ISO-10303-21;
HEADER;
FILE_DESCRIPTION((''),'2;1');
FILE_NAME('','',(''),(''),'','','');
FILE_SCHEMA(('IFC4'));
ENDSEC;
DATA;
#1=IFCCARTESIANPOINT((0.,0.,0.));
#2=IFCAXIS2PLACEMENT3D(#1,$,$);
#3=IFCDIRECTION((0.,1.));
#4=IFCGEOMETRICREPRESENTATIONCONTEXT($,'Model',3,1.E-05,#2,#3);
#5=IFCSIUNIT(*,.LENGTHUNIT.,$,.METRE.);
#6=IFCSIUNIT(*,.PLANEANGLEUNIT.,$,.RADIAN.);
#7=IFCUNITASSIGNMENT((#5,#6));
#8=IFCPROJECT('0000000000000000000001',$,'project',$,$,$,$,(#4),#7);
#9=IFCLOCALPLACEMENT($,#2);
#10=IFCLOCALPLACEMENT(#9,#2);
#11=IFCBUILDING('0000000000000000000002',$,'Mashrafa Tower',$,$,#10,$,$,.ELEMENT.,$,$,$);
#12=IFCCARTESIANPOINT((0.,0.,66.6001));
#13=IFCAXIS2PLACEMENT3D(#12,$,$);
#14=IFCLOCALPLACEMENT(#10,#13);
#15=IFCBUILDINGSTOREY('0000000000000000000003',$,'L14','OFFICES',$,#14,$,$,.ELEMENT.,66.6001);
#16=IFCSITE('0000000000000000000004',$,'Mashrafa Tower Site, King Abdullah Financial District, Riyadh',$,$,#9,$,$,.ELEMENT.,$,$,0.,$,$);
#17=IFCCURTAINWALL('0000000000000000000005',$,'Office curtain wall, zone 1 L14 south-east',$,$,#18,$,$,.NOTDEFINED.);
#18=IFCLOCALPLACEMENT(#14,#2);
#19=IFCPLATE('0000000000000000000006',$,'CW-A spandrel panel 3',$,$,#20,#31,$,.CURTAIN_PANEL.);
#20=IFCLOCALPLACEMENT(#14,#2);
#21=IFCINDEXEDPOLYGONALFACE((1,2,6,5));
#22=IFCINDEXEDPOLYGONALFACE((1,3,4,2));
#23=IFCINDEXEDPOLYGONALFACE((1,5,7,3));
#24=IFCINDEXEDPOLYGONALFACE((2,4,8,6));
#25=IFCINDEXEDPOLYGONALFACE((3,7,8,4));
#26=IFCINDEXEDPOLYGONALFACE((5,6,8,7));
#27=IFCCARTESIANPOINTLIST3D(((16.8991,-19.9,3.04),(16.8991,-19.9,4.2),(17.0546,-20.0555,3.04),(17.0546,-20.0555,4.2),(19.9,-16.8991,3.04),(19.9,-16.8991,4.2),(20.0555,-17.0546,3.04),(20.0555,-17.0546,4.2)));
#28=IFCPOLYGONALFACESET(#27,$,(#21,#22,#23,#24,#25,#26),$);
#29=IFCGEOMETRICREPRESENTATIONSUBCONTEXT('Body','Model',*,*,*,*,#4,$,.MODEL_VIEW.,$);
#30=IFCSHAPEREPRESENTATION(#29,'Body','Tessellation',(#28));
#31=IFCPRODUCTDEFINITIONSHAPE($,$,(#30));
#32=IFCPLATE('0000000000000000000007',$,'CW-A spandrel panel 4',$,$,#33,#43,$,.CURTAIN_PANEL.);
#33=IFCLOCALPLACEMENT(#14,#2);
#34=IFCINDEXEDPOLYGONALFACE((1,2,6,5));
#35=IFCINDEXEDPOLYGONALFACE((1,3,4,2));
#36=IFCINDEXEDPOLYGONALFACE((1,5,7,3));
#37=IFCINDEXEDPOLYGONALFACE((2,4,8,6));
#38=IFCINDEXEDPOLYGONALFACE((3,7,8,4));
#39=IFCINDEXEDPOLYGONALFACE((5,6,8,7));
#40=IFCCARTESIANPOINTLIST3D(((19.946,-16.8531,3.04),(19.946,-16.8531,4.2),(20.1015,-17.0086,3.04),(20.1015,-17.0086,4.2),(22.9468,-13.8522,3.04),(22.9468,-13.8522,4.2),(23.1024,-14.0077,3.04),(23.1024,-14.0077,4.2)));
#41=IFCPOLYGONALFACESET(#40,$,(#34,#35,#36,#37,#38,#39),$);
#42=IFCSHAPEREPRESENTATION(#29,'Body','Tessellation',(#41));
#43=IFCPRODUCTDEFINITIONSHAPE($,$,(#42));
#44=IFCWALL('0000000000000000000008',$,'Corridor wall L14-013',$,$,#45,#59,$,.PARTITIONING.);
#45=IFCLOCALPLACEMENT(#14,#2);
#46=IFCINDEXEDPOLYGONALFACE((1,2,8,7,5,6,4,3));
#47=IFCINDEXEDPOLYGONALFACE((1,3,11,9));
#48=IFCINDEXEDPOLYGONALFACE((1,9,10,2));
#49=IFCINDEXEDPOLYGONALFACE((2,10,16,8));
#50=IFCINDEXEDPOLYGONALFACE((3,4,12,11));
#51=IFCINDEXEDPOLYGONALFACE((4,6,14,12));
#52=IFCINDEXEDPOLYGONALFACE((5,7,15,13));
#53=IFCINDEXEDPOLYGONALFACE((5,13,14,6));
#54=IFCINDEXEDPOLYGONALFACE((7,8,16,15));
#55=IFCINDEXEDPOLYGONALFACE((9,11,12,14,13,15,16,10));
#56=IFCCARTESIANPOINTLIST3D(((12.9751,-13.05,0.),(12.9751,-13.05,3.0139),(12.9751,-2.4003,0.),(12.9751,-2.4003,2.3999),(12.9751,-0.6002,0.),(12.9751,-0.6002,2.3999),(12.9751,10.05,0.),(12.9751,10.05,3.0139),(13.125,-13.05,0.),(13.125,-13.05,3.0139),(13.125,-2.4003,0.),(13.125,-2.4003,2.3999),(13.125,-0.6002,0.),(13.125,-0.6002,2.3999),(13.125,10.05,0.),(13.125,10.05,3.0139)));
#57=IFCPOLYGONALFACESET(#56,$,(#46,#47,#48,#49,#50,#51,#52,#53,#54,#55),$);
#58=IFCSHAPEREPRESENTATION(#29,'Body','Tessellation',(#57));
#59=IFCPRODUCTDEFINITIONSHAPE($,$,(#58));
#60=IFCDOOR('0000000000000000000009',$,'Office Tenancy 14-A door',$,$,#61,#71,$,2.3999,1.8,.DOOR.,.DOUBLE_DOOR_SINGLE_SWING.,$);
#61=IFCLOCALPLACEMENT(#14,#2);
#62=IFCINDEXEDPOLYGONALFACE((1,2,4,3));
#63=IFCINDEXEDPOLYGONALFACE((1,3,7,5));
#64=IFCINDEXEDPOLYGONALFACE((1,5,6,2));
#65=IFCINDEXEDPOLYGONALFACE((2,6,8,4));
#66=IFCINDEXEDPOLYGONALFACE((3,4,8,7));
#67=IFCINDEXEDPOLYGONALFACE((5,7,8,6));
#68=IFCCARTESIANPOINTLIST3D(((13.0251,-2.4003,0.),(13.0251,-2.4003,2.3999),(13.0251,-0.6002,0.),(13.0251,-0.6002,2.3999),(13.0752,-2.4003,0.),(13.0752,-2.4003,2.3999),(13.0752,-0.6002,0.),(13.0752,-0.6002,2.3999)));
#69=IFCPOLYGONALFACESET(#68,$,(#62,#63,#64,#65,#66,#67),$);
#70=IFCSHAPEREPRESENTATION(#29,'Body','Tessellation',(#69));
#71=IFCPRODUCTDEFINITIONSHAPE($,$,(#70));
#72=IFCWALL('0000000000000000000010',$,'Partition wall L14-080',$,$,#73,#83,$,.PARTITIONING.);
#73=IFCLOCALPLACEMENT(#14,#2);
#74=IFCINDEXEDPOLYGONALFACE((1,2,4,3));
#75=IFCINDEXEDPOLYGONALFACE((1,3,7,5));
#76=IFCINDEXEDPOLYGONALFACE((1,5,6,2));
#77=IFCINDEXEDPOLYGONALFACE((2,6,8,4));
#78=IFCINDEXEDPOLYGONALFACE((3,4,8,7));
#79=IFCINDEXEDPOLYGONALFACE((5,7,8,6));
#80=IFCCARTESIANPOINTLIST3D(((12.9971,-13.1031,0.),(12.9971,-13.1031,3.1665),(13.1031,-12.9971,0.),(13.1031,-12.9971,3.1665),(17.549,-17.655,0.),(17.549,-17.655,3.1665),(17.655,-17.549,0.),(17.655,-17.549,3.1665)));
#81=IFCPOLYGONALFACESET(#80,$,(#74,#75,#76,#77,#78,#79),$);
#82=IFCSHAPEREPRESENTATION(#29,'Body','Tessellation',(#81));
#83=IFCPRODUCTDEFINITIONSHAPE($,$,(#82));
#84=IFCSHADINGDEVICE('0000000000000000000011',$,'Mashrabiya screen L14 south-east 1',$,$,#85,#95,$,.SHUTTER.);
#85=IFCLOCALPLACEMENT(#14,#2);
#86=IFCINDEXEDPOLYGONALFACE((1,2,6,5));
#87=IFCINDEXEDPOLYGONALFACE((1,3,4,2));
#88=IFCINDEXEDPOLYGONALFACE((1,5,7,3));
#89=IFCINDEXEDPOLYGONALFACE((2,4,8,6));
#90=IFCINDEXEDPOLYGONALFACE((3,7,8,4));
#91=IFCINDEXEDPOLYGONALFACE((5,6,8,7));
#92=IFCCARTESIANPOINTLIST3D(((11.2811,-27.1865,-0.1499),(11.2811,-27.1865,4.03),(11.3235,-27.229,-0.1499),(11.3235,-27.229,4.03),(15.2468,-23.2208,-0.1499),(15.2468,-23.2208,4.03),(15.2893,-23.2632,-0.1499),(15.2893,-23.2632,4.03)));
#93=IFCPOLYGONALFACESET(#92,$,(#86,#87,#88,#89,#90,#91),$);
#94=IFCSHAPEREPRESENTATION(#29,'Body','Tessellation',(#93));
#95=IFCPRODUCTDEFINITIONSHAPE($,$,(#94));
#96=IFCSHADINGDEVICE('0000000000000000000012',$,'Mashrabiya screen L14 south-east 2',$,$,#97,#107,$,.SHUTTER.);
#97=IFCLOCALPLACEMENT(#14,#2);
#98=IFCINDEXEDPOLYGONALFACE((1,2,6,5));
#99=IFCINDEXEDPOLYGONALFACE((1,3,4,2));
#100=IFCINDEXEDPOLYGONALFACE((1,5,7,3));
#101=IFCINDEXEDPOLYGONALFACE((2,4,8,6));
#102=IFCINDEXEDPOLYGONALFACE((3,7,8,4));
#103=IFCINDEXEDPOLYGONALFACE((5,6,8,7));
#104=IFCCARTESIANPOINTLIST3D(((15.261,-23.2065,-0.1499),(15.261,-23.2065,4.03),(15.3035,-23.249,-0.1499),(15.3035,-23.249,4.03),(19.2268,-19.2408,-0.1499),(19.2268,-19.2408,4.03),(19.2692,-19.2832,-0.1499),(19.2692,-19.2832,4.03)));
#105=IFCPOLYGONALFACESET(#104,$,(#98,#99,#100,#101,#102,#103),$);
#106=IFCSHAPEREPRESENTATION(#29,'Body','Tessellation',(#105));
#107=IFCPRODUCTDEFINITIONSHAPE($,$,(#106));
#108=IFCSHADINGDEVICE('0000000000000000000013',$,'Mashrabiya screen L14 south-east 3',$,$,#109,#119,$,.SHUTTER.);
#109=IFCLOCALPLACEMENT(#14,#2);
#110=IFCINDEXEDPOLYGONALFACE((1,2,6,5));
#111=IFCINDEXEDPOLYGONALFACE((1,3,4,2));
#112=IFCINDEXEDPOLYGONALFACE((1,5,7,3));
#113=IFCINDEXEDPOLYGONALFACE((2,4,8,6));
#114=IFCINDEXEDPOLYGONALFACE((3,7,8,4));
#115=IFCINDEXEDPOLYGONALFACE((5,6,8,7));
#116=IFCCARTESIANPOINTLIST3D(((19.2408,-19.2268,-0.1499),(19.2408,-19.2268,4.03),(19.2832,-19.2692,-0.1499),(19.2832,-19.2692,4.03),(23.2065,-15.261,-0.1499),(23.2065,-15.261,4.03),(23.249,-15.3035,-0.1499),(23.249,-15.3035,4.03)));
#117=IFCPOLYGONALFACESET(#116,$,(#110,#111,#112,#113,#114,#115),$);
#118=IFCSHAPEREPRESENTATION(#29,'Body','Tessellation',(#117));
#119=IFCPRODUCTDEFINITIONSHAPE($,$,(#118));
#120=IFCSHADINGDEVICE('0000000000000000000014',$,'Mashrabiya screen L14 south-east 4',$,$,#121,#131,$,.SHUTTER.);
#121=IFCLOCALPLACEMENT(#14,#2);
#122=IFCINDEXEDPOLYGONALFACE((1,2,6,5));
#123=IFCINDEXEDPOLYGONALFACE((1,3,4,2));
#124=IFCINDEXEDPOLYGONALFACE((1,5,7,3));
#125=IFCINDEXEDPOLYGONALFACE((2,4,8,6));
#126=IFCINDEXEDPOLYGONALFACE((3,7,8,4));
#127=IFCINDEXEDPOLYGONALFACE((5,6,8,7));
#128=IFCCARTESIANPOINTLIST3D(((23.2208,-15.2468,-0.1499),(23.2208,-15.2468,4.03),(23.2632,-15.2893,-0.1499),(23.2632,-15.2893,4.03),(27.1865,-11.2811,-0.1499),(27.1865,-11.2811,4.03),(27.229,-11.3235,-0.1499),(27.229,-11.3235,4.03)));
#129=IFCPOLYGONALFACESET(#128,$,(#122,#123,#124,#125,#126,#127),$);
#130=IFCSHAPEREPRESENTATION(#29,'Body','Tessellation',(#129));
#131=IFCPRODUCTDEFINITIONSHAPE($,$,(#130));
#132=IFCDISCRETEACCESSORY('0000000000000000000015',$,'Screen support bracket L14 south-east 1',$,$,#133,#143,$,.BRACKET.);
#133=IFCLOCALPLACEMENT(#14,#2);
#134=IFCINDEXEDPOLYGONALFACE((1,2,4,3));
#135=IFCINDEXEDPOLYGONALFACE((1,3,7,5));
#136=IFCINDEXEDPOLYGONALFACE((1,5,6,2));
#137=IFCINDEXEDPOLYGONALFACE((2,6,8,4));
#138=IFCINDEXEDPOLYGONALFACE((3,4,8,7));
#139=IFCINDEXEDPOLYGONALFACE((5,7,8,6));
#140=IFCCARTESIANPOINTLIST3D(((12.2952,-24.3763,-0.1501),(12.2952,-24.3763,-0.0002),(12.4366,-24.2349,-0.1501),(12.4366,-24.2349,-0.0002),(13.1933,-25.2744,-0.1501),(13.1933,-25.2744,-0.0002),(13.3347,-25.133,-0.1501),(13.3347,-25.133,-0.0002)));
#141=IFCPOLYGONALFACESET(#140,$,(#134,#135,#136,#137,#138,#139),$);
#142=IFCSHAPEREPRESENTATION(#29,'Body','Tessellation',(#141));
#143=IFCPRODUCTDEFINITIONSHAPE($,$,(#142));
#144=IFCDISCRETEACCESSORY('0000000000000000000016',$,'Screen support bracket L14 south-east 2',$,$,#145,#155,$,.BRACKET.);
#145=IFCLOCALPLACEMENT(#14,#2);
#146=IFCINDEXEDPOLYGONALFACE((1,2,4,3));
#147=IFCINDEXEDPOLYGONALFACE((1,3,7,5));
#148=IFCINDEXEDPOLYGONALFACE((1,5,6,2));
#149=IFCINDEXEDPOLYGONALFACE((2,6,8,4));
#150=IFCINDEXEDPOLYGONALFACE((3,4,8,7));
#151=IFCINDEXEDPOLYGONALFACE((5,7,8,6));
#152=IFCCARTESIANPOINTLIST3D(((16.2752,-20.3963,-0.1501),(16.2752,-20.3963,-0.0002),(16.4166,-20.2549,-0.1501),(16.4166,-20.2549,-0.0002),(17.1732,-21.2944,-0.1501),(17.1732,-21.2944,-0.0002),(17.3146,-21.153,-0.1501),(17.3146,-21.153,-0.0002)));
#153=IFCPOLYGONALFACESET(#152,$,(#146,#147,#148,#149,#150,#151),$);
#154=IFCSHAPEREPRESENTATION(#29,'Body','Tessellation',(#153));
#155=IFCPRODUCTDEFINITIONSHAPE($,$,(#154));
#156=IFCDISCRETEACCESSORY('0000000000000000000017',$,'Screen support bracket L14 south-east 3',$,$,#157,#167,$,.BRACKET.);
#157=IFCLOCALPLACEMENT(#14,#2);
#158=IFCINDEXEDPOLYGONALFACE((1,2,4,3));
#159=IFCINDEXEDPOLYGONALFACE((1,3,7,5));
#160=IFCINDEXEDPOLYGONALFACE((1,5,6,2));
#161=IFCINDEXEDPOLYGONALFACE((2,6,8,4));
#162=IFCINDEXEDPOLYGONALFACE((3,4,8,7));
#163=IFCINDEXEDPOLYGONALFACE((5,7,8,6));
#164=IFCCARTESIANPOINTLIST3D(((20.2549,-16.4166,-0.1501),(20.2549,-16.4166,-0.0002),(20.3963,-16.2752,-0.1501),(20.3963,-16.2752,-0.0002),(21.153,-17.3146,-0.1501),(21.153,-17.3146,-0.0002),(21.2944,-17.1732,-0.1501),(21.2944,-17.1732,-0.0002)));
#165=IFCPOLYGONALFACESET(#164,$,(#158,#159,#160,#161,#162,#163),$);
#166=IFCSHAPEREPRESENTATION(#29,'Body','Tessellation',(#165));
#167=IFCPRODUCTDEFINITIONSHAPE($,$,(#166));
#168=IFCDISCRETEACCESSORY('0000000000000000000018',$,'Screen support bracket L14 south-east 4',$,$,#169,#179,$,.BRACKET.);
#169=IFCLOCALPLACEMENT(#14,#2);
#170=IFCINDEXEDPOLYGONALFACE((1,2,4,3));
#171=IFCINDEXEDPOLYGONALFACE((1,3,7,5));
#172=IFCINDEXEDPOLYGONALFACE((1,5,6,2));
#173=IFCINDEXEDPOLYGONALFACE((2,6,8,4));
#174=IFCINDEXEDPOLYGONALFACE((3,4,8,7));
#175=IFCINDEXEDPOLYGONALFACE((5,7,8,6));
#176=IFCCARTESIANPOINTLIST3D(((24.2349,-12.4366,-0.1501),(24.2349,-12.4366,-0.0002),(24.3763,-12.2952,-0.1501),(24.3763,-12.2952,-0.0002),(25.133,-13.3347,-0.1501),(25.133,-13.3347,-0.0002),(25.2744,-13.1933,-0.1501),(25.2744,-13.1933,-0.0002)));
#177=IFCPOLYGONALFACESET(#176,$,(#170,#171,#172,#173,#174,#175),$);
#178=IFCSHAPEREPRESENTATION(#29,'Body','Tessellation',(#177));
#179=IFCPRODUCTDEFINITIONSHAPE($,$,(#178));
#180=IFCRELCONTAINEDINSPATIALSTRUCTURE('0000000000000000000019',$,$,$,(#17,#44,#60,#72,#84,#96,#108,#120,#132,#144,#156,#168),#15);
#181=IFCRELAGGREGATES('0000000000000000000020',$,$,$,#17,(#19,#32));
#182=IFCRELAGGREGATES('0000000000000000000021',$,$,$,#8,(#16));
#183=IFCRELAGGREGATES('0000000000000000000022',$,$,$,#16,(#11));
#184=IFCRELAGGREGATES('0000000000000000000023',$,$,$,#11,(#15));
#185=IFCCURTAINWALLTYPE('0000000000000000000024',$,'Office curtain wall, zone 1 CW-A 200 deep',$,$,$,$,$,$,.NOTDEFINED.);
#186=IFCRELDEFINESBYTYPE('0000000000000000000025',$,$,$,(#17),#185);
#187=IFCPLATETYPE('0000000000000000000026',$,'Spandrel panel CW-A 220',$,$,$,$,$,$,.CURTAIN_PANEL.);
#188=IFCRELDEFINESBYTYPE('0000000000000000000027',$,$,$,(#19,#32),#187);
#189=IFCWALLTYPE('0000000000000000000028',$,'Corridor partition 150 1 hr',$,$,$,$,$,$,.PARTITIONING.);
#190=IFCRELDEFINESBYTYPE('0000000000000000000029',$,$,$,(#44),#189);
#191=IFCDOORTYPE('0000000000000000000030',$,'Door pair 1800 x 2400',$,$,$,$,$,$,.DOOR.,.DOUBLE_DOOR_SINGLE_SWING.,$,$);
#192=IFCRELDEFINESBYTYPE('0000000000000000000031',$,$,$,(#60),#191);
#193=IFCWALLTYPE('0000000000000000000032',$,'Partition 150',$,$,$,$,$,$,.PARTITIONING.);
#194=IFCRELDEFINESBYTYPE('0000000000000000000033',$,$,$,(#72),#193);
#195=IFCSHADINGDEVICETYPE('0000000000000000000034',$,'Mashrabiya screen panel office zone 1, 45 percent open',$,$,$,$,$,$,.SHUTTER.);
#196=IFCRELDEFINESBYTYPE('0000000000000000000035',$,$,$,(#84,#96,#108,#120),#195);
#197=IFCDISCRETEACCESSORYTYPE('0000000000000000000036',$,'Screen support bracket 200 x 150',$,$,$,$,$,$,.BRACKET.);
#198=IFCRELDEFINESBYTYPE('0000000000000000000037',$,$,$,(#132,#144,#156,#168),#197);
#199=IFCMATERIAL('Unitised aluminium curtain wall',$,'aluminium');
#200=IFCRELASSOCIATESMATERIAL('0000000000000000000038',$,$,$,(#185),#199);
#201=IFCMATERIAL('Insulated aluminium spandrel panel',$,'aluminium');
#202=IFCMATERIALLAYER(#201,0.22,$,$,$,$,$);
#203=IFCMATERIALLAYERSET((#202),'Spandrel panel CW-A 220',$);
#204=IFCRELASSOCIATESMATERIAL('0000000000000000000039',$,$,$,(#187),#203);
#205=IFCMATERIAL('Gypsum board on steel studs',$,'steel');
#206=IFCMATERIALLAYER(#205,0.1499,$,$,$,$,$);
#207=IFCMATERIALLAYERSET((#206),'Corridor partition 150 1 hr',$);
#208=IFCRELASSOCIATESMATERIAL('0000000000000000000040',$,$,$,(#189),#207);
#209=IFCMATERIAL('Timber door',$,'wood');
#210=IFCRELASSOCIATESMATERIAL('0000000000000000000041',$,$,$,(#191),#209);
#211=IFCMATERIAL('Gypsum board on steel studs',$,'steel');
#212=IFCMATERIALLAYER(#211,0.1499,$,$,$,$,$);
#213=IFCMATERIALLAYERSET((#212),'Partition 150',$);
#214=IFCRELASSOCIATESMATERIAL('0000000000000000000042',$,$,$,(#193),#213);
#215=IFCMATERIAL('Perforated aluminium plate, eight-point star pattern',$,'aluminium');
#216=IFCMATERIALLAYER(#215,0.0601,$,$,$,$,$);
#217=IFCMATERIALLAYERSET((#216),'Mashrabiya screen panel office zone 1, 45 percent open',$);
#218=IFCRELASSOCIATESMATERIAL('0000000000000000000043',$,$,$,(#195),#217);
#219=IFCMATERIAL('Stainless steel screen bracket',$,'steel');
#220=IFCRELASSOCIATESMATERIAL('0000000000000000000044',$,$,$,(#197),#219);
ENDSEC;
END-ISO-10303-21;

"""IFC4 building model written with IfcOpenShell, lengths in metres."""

from ifc_helpers import new_model, si_unit, direction, frame, frame_2d, origin, origin_2d, place, context, subcontext, project, spatial, rectangle, extrude, source, transform, mapped, material, layer, layer_set, type_object, type_shapes, element, fill, aggregate, save


model = new_model("IFC4")

# Units and contexts
model_context = context("Model", 3, precision=1e-05, world=origin(), true_north=direction((0.0, 1.0)))
body_context = subcontext(model_context, "Body", "Model", "MODEL_VIEW")
ifc_project = project(units=[si_unit("LENGTHUNIT", "METRE"), si_unit("PLANEANGLEUNIT", "RADIAN")], contexts=[model_context])

# Site, building, storey
site_placement = place(None, origin())
site = spatial("IfcSite", under=ifc_project, at=site_placement, Name="Mashrafa Tower Site, King Abdullah Financial District, Riyadh", CompositionType="ELEMENT", RefElevation=0.0)
building_placement = place(site_placement, origin())
building = spatial("IfcBuilding", under=site, at=building_placement, Name="Mashrafa Tower", CompositionType="ELEMENT")
storey_placement = place(building_placement, frame((0.0, 0.0, 66.6001)))
storey = spatial("IfcBuildingStorey", under=building, at=storey_placement, Name="L14", Description="OFFICES", CompositionType="ELEMENT", Elevation=66.6001)

# Curtain wall, plates
ifc_material_1 = material(Name="Unitised aluminium curtain wall", Category="aluminium")
curtain_wall_type = type_object("IfcCurtainWallType", Name="Office curtain wall, zone 1 CW-A 200 deep", PredefinedType="NOTDEFINED", material=ifc_material_1)
curtain_wall_placement = place(storey_placement, origin())
curtain_wall = element("IfcCurtainWall", 1, at=curtain_wall_placement, inside=storey, type_object=curtain_wall_type, Name="Office curtain wall, zone 1 L14 south-east", PredefinedType="NOTDEFINED")
ifc_material_2 = material(Name="Insulated aluminium spandrel panel", Category="aluminium")
ifc_layer_1 = layer(ifc_material_2, 0.22)
ifc_layer_set_1 = layer_set([ifc_layer_1], Name="Spandrel panel CW-A 220")
plate_type_1 = type_object("IfcPlateType", Name="Spandrel panel CW-A 220", PredefinedType="CURTAIN_PANEL", material=ifc_layer_set_1)
shared_shape_1 = source(origin(), body_context, "Body", "SweptSolid", [
    extrude(rectangle(XDim=4.2439, YDim=0.22, at=origin_2d()), origin(), (0.0, 0.0, 1.0), 1.1599),
])
plate_1_placement = place(storey_placement, frame((18.4773, -18.4773, 3.04), z_axis=(0.0, 0.0, 1.0), x_axis=(0.707107, 0.707107, 0.0)))
plate_1 = element("IfcPlate", 2, at=plate_1_placement, type_object=plate_type_1, Name="CW-A spandrel panel 3", PredefinedType="CURTAIN_PANEL", context=body_context, shape_type="MappedRepresentation", body=[
    mapped(shared_shape_1, transform((0.0, 0.0, 0.0))),
])
plate_2_placement = place(storey_placement, frame((21.5242, -15.4304, 3.04), z_axis=(0.0, 0.0, 1.0), x_axis=(0.707107, 0.707107, 0.0)))
plate_2 = element("IfcPlate", 3, at=plate_2_placement, type_object=plate_type_1, Name="CW-A spandrel panel 4", PredefinedType="CURTAIN_PANEL", context=body_context, shape_type="MappedRepresentation", body=[
    mapped(shared_shape_1, transform((0.0, 0.0, 0.0))),
])
aggregate(curtain_wall, [plate_1, plate_2])

# Wall, opening, door
ifc_material_3 = material(Name="Gypsum board on steel studs", Category="steel")
ifc_layer_2 = layer(ifc_material_3, 0.1499)
ifc_layer_set_2 = layer_set([ifc_layer_2], Name="Corridor partition 150 1 hr")
wall_type_1 = type_object("IfcWallType", Name="Corridor partition 150 1 hr", PredefinedType="PARTITIONING", material=ifc_layer_set_2)
wall_1_placement = place(storey_placement, frame((13.05, -13.05, 0.0), z_axis=(0.0, 0.0, 1.0), x_axis=(0.0, 1.0, 0.0)))
wall_1 = element("IfcWall", 4, at=wall_1_placement, inside=storey, type_object=wall_type_1, Name="Corridor wall L14-013", PredefinedType="PARTITIONING", context=body_context, shape_type="SweptSolid", body=[
    extrude(rectangle(XDim=23.1001, YDim=0.1499, at=frame_2d((11.55, 0.0))), origin(), (0.0, 0.0, 1.0), 3.0139),
])
opening_placement = place(wall_1_placement, frame((10.6499, 0.0, 0.0)))
opening = element("IfcOpeningElement", 5, at=opening_placement, cuts=wall_1, PredefinedType="OPENING", context=body_context, shape_type="SweptSolid", body=[
    extrude(rectangle(XDim=1.8, YDim=2.3999, at=frame_2d((0.8999, 1.2))), frame((0.0, 0.085, 0.0), z_axis=(0.0, -1.0, 0.0), x_axis=(1.0, 0.0, 0.0)), (0.0, 0.0, 1.0), 0.1699),
])
ifc_material_4 = material(Name="Timber door", Category="wood")
door_type = type_object("IfcDoorType", Name="Door pair 1800 x 2400", OperationType="DOUBLE_DOOR_SINGLE_SWING", PredefinedType="DOOR", material=ifc_material_4)
door_placement = place(opening_placement, origin())
door = element("IfcDoor", 6, at=door_placement, inside=storey, type_object=door_type, Name="Office Tenancy 14-A door", OperationType="DOUBLE_DOOR_SINGLE_SWING", OverallHeight=2.3999, OverallWidth=1.8, PredefinedType="DOOR", context=body_context, shape_type="SweptSolid", body=[
    extrude(rectangle(XDim=1.8, YDim=2.3999, at=frame_2d((0.8999, 1.2))), frame((0.0, 0.0249, 0.0), z_axis=(0.0, -1.0, 0.0), x_axis=(1.0, 0.0, 0.0)), (0.0, 0.0, 1.0), 0.05),
])
fill(opening, door)

# Wall
ifc_material_5 = material(Name="Gypsum board on steel studs", Category="steel")
ifc_layer_3 = layer(ifc_material_5, 0.1499)
ifc_layer_set_3 = layer_set([ifc_layer_3], Name="Partition 150")
wall_type_2 = type_object("IfcWallType", Name="Partition 150", PredefinedType="PARTITIONING", material=ifc_layer_set_3)
wall_2_placement = place(storey_placement, frame((13.05, -13.05, 0.0), z_axis=(0.0, 0.0, 1.0), x_axis=(0.707107, -0.707107, 0.0)))
element("IfcWall", 7, at=wall_2_placement, inside=storey, type_object=wall_type_2, Name="Partition wall L14-080", PredefinedType="PARTITIONING", context=body_context, shape_type="SweptSolid", body=[
    extrude(rectangle(XDim=6.4373, YDim=0.1499, at=frame_2d((3.2188, 0.0))), origin(), (0.0, 0.0, 1.0), 3.1665),
])

# Shading devices
ifc_material_6 = material(Name="Perforated aluminium plate, eight-point star pattern", Category="aluminium")
ifc_layer_4 = layer(ifc_material_6, 0.0601)
ifc_layer_set_4 = layer_set([ifc_layer_4], Name="Mashrabiya screen panel office zone 1, 45 percent open")
shading_device_type = type_object("IfcShadingDeviceType", Name="Mashrabiya screen panel office zone 1, 45 percent open", PredefinedType="SHUTTER", material=ifc_layer_set_4)
shared_shape_2 = source(origin(), body_context, "Body", "SweptSolid", [
    extrude(rectangle(XDim=5.6084, YDim=0.0601, at=origin_2d()), origin(), (0.0, 0.0, 1.0), 4.1799),
])
type_shapes(shading_device_type, [shared_shape_2])
for number, where, z_axis, x_axis, name in (
    (8, (13.2852, -25.2249, -0.1499), (0.0, 0.0, 1.0), (0.707107, 0.707107, 0.0), "Mashrabiya screen L14 south-east 1"),
    (9, (17.2651, -21.2449, -0.1499), (0.0, 0.0, 1.0), (0.707107, 0.707107, 0.0), "Mashrabiya screen L14 south-east 2"),
    (10, (21.2449, -17.2651, -0.1499), (0.0, 0.0, 1.0), (0.707107, 0.707107, 0.0), "Mashrabiya screen L14 south-east 3"),
    (11, (25.2249, -13.2852, -0.1499), (0.0, 0.0, 1.0), (0.707107, 0.707107, 0.0), "Mashrabiya screen L14 south-east 4"),
):
    element("IfcShadingDevice", number, at=place(storey_placement, frame(where, z_axis=z_axis, x_axis=x_axis)), inside=storey, type_object=shading_device_type, Name=name, PredefinedType="SHUTTER", context=body_context, shape_type="MappedRepresentation", body=[
        mapped(shared_shape_2, transform((0.0, 0.0, 0.0))),
    ])

# Discrete accessories
ifc_material_7 = material(Name="Stainless steel screen bracket", Category="steel")
discrete_accessory_type = type_object("IfcDiscreteAccessoryType", Name="Screen support bracket 200 x 150", PredefinedType="BRACKET", material=ifc_material_7)
shared_shape_3 = source(origin(), body_context, "Body", "SweptSolid", [
    extrude(rectangle(XDim=0.2, YDim=1.27, at=origin_2d()), origin(), (0.0, 0.0, 1.0), 0.1499),
])
type_shapes(discrete_accessory_type, [shared_shape_3])
for number, where, z_axis, x_axis, name in (
    (12, (12.8149, -24.7546, -0.1501), (0.0, 0.0, 1.0), (0.707107, 0.707107, 0.0), "Screen support bracket L14 south-east 1"),
    (13, (16.7949, -20.7747, -0.1501), (0.0, 0.0, 1.0), (0.707107, 0.707107, 0.0), "Screen support bracket L14 south-east 2"),
    (14, (20.7747, -16.7949, -0.1501), (0.0, 0.0, 1.0), (0.707107, 0.707107, 0.0), "Screen support bracket L14 south-east 3"),
    (15, (24.7546, -12.8149, -0.1501), (0.0, 0.0, 1.0), (0.707107, 0.707107, 0.0), "Screen support bracket L14 south-east 4"),
):
    element("IfcDiscreteAccessory", number, at=place(storey_placement, frame(where, z_axis=z_axis, x_axis=x_axis)), inside=storey, type_object=discrete_accessory_type, Name=name, PredefinedType="BRACKET", context=body_context, shape_type="MappedRepresentation", body=[
        mapped(shared_shape_3, transform((0.0, 0.0, 0.0))),
    ])

save(model, "model.ifc")
